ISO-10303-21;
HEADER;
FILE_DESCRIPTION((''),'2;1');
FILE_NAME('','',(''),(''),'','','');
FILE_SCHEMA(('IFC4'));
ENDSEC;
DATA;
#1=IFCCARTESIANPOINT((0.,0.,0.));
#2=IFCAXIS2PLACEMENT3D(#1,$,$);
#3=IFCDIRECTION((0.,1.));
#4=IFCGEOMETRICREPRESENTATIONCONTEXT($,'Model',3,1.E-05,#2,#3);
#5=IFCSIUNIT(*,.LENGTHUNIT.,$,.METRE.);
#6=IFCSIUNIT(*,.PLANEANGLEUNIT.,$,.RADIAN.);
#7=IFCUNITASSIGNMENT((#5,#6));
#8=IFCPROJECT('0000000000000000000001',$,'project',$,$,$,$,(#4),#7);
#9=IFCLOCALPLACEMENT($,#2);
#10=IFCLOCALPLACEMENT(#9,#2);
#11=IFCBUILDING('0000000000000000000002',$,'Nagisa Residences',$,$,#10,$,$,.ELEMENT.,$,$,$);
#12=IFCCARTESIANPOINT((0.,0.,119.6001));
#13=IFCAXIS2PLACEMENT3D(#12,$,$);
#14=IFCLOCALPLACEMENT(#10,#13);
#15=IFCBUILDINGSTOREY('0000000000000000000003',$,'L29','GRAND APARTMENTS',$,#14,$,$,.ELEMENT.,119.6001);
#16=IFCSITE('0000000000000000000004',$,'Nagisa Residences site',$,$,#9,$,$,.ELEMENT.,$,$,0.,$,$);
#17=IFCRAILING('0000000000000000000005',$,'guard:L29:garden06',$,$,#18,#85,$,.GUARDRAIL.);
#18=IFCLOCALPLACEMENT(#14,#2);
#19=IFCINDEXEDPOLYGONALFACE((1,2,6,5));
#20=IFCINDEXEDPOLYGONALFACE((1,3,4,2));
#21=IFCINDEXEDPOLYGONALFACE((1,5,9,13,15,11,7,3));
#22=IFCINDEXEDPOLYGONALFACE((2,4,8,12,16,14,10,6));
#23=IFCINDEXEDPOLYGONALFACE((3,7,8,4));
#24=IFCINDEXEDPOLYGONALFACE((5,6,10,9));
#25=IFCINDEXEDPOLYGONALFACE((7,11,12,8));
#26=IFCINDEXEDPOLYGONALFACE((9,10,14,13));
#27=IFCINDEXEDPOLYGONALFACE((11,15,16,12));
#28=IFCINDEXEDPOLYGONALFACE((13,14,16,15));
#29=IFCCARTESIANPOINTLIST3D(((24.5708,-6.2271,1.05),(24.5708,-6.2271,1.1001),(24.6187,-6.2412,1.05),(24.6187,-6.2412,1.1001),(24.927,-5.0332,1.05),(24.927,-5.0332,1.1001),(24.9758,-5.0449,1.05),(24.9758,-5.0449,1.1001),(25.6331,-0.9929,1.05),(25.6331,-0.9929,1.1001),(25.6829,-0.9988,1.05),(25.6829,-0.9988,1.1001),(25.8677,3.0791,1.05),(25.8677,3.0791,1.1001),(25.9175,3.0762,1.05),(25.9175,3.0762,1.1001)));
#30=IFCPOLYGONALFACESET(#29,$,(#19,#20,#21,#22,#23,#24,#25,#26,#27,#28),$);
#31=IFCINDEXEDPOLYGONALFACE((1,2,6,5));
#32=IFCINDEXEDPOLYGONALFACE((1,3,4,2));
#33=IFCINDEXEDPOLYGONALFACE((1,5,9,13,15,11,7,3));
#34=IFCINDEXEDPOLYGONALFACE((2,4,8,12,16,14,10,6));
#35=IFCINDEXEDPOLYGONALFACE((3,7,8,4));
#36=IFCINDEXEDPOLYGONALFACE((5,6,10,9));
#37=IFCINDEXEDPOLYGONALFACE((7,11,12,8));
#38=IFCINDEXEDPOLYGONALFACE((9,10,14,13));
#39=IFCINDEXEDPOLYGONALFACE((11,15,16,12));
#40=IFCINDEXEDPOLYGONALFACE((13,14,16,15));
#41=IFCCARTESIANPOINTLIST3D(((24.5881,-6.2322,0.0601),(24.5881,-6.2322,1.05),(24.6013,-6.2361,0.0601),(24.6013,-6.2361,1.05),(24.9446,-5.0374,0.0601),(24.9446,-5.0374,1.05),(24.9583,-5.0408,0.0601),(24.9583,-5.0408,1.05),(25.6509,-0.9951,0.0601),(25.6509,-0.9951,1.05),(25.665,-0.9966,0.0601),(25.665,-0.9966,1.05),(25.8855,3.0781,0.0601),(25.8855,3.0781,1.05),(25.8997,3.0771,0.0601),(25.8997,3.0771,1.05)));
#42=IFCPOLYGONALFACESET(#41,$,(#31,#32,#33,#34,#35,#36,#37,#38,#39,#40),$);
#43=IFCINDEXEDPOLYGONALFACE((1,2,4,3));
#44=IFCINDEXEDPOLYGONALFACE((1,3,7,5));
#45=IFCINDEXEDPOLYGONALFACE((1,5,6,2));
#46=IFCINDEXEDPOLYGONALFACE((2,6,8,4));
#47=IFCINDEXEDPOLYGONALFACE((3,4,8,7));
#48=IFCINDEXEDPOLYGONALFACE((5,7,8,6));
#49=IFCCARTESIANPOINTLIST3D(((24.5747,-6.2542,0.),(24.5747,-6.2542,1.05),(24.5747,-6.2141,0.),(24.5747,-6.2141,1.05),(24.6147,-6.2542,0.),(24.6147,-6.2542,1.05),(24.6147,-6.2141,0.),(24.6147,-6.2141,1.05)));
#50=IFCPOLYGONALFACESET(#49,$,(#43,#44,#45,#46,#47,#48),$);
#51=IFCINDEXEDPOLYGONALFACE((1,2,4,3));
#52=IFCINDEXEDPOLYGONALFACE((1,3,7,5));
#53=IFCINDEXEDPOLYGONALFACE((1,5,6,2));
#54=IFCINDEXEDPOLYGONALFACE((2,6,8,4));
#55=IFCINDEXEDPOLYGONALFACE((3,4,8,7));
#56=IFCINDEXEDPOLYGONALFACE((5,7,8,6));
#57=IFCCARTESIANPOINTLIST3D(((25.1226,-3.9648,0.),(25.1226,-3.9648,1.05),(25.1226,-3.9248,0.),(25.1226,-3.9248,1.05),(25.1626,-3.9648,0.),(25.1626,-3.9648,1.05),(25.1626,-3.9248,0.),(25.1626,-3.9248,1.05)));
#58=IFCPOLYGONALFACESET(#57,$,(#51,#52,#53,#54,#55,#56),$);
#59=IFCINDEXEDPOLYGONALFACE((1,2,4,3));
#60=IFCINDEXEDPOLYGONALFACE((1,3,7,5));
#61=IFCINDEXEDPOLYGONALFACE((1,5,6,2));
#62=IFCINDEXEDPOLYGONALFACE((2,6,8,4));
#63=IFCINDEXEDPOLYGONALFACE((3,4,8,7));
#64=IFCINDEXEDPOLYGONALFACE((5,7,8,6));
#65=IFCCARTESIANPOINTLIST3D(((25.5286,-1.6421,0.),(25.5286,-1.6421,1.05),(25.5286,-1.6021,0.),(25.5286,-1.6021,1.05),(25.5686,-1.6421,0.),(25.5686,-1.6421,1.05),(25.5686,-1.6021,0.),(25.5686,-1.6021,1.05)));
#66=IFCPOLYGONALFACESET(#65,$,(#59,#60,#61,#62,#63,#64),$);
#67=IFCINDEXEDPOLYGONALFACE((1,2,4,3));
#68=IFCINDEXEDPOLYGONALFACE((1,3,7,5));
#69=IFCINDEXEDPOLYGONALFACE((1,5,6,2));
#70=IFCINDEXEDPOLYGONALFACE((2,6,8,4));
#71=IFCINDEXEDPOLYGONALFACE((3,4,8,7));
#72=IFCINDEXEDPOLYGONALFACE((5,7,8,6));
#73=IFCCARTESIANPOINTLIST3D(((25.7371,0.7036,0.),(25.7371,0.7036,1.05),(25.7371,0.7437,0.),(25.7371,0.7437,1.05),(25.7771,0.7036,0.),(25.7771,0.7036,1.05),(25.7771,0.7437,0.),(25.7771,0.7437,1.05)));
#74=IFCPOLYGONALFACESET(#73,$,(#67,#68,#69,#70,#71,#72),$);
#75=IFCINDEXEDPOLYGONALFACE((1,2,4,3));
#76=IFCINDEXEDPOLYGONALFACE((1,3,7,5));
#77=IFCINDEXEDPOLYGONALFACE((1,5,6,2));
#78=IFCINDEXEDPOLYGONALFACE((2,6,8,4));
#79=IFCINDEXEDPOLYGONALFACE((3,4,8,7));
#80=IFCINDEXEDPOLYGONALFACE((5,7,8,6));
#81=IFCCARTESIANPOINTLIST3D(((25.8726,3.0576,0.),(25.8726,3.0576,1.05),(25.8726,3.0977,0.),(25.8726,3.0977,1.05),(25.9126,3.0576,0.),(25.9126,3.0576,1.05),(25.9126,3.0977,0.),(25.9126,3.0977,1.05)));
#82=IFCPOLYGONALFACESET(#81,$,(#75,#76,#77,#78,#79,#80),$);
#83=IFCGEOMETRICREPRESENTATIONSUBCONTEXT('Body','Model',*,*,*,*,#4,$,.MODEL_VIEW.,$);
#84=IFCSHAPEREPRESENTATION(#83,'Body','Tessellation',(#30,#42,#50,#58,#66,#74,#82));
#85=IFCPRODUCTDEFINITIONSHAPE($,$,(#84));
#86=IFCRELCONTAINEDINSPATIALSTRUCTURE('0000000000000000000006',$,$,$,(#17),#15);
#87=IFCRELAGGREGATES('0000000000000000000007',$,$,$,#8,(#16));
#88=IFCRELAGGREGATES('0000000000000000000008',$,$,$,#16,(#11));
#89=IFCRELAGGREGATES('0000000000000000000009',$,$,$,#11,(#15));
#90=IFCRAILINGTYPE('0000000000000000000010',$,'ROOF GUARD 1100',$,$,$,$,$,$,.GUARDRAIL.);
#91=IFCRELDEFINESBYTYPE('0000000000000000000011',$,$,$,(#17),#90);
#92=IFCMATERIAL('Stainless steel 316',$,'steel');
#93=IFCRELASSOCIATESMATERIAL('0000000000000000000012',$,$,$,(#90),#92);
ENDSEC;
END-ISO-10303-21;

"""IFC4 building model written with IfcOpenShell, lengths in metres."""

from ifc_helpers import new_model, si_unit, direction, frame, origin, origin_2d, place, context, subcontext, project, spatial, polyline, rectangle, outline, extrude, material, type_object, element, save


model = new_model("IFC4")

# Units and contexts
model_context = context("Model", 3, precision=1e-05, world=origin(), true_north=direction((0.0, 1.0)))
body_context = subcontext(model_context, "Body", "Model", "MODEL_VIEW")
ifc_project = project(units=[si_unit("LENGTHUNIT", "METRE"), si_unit("PLANEANGLEUNIT", "RADIAN")], contexts=[model_context])

# Site, building, storey
site_placement = place(None, origin())
site = spatial("IfcSite", under=ifc_project, at=site_placement, Name="Nagisa Residences site", CompositionType="ELEMENT", RefElevation=0.0)
building_placement = place(site_placement, origin())
building = spatial("IfcBuilding", under=site, at=building_placement, Name="Nagisa Residences", CompositionType="ELEMENT")
storey_placement = place(building_placement, frame((0.0, 0.0, 119.6001)))
storey = spatial("IfcBuildingStorey", under=building, at=storey_placement, Name="L29", Description="GRAND APARTMENTS", CompositionType="ELEMENT", Elevation=119.6001)

# Railing
ifc_material_1 = material(Name="Stainless steel 316", Category="steel")
railing_type_1 = type_object("IfcRailingType", Name="ROOF GUARD 1100", PredefinedType="GUARDRAIL", material=ifc_material_1)
railing_1_placement = place(storey_placement, frame((24.5947, -6.2341, 0.0)))
element("IfcRailing", 1, at=railing_1_placement, inside=storey, type_object=railing_type_1, Name="guard:L29:garden06", PredefinedType="GUARDRAIL", context=body_context, shape_type="SweptSolid", body=[
    extrude(outline(polyline([(0.3323, 1.2009), (-0.0239, 0.0071), (0.0239, -0.0071), (0.3811, 1.1892), (1.0881, 5.2354), (1.3228, 9.3103), (1.2729, 9.3132), (1.0383, 5.2412), (0.3323, 1.2009)])), frame((0.0, 0.0, 1.05)), (0.0, 0.0, 1.0), 0.05),
    extrude(outline(polyline([(0.3499, 1.1968), (-0.0066, 0.002), (0.0066, -0.002), (0.3635, 1.1934), (1.0703, 5.2375), (1.3049, 9.3113), (1.2908, 9.3123), (1.0562, 5.239), (0.3499, 1.1968)])), frame((0.0, 0.0, 0.0601)), (0.0, 0.0, 1.0), 0.99),
    extrude(rectangle(XDim=0.04, YDim=0.04, at=origin_2d()), origin(), (0.0, 0.0, 1.0), 1.05),
    extrude(rectangle(XDim=0.04, YDim=0.04, at=origin_2d()), frame((0.5479, 2.2893, 0.0)), (0.0, 0.0, 1.0), 1.05),
    extrude(rectangle(XDim=0.04, YDim=0.04, at=origin_2d()), frame((0.9539, 4.6121, 0.0)), (0.0, 0.0, 1.0), 1.05),
    extrude(rectangle(XDim=0.04, YDim=0.04, at=origin_2d()), frame((1.1624, 6.9578, 0.0)), (0.0, 0.0, 1.0), 1.05),
    extrude(rectangle(XDim=0.04, YDim=0.04, at=origin_2d()), frame((1.2979, 9.3118, 0.0)), (0.0, 0.0, 1.0), 1.05),
])

save(model, "model.ifc")
